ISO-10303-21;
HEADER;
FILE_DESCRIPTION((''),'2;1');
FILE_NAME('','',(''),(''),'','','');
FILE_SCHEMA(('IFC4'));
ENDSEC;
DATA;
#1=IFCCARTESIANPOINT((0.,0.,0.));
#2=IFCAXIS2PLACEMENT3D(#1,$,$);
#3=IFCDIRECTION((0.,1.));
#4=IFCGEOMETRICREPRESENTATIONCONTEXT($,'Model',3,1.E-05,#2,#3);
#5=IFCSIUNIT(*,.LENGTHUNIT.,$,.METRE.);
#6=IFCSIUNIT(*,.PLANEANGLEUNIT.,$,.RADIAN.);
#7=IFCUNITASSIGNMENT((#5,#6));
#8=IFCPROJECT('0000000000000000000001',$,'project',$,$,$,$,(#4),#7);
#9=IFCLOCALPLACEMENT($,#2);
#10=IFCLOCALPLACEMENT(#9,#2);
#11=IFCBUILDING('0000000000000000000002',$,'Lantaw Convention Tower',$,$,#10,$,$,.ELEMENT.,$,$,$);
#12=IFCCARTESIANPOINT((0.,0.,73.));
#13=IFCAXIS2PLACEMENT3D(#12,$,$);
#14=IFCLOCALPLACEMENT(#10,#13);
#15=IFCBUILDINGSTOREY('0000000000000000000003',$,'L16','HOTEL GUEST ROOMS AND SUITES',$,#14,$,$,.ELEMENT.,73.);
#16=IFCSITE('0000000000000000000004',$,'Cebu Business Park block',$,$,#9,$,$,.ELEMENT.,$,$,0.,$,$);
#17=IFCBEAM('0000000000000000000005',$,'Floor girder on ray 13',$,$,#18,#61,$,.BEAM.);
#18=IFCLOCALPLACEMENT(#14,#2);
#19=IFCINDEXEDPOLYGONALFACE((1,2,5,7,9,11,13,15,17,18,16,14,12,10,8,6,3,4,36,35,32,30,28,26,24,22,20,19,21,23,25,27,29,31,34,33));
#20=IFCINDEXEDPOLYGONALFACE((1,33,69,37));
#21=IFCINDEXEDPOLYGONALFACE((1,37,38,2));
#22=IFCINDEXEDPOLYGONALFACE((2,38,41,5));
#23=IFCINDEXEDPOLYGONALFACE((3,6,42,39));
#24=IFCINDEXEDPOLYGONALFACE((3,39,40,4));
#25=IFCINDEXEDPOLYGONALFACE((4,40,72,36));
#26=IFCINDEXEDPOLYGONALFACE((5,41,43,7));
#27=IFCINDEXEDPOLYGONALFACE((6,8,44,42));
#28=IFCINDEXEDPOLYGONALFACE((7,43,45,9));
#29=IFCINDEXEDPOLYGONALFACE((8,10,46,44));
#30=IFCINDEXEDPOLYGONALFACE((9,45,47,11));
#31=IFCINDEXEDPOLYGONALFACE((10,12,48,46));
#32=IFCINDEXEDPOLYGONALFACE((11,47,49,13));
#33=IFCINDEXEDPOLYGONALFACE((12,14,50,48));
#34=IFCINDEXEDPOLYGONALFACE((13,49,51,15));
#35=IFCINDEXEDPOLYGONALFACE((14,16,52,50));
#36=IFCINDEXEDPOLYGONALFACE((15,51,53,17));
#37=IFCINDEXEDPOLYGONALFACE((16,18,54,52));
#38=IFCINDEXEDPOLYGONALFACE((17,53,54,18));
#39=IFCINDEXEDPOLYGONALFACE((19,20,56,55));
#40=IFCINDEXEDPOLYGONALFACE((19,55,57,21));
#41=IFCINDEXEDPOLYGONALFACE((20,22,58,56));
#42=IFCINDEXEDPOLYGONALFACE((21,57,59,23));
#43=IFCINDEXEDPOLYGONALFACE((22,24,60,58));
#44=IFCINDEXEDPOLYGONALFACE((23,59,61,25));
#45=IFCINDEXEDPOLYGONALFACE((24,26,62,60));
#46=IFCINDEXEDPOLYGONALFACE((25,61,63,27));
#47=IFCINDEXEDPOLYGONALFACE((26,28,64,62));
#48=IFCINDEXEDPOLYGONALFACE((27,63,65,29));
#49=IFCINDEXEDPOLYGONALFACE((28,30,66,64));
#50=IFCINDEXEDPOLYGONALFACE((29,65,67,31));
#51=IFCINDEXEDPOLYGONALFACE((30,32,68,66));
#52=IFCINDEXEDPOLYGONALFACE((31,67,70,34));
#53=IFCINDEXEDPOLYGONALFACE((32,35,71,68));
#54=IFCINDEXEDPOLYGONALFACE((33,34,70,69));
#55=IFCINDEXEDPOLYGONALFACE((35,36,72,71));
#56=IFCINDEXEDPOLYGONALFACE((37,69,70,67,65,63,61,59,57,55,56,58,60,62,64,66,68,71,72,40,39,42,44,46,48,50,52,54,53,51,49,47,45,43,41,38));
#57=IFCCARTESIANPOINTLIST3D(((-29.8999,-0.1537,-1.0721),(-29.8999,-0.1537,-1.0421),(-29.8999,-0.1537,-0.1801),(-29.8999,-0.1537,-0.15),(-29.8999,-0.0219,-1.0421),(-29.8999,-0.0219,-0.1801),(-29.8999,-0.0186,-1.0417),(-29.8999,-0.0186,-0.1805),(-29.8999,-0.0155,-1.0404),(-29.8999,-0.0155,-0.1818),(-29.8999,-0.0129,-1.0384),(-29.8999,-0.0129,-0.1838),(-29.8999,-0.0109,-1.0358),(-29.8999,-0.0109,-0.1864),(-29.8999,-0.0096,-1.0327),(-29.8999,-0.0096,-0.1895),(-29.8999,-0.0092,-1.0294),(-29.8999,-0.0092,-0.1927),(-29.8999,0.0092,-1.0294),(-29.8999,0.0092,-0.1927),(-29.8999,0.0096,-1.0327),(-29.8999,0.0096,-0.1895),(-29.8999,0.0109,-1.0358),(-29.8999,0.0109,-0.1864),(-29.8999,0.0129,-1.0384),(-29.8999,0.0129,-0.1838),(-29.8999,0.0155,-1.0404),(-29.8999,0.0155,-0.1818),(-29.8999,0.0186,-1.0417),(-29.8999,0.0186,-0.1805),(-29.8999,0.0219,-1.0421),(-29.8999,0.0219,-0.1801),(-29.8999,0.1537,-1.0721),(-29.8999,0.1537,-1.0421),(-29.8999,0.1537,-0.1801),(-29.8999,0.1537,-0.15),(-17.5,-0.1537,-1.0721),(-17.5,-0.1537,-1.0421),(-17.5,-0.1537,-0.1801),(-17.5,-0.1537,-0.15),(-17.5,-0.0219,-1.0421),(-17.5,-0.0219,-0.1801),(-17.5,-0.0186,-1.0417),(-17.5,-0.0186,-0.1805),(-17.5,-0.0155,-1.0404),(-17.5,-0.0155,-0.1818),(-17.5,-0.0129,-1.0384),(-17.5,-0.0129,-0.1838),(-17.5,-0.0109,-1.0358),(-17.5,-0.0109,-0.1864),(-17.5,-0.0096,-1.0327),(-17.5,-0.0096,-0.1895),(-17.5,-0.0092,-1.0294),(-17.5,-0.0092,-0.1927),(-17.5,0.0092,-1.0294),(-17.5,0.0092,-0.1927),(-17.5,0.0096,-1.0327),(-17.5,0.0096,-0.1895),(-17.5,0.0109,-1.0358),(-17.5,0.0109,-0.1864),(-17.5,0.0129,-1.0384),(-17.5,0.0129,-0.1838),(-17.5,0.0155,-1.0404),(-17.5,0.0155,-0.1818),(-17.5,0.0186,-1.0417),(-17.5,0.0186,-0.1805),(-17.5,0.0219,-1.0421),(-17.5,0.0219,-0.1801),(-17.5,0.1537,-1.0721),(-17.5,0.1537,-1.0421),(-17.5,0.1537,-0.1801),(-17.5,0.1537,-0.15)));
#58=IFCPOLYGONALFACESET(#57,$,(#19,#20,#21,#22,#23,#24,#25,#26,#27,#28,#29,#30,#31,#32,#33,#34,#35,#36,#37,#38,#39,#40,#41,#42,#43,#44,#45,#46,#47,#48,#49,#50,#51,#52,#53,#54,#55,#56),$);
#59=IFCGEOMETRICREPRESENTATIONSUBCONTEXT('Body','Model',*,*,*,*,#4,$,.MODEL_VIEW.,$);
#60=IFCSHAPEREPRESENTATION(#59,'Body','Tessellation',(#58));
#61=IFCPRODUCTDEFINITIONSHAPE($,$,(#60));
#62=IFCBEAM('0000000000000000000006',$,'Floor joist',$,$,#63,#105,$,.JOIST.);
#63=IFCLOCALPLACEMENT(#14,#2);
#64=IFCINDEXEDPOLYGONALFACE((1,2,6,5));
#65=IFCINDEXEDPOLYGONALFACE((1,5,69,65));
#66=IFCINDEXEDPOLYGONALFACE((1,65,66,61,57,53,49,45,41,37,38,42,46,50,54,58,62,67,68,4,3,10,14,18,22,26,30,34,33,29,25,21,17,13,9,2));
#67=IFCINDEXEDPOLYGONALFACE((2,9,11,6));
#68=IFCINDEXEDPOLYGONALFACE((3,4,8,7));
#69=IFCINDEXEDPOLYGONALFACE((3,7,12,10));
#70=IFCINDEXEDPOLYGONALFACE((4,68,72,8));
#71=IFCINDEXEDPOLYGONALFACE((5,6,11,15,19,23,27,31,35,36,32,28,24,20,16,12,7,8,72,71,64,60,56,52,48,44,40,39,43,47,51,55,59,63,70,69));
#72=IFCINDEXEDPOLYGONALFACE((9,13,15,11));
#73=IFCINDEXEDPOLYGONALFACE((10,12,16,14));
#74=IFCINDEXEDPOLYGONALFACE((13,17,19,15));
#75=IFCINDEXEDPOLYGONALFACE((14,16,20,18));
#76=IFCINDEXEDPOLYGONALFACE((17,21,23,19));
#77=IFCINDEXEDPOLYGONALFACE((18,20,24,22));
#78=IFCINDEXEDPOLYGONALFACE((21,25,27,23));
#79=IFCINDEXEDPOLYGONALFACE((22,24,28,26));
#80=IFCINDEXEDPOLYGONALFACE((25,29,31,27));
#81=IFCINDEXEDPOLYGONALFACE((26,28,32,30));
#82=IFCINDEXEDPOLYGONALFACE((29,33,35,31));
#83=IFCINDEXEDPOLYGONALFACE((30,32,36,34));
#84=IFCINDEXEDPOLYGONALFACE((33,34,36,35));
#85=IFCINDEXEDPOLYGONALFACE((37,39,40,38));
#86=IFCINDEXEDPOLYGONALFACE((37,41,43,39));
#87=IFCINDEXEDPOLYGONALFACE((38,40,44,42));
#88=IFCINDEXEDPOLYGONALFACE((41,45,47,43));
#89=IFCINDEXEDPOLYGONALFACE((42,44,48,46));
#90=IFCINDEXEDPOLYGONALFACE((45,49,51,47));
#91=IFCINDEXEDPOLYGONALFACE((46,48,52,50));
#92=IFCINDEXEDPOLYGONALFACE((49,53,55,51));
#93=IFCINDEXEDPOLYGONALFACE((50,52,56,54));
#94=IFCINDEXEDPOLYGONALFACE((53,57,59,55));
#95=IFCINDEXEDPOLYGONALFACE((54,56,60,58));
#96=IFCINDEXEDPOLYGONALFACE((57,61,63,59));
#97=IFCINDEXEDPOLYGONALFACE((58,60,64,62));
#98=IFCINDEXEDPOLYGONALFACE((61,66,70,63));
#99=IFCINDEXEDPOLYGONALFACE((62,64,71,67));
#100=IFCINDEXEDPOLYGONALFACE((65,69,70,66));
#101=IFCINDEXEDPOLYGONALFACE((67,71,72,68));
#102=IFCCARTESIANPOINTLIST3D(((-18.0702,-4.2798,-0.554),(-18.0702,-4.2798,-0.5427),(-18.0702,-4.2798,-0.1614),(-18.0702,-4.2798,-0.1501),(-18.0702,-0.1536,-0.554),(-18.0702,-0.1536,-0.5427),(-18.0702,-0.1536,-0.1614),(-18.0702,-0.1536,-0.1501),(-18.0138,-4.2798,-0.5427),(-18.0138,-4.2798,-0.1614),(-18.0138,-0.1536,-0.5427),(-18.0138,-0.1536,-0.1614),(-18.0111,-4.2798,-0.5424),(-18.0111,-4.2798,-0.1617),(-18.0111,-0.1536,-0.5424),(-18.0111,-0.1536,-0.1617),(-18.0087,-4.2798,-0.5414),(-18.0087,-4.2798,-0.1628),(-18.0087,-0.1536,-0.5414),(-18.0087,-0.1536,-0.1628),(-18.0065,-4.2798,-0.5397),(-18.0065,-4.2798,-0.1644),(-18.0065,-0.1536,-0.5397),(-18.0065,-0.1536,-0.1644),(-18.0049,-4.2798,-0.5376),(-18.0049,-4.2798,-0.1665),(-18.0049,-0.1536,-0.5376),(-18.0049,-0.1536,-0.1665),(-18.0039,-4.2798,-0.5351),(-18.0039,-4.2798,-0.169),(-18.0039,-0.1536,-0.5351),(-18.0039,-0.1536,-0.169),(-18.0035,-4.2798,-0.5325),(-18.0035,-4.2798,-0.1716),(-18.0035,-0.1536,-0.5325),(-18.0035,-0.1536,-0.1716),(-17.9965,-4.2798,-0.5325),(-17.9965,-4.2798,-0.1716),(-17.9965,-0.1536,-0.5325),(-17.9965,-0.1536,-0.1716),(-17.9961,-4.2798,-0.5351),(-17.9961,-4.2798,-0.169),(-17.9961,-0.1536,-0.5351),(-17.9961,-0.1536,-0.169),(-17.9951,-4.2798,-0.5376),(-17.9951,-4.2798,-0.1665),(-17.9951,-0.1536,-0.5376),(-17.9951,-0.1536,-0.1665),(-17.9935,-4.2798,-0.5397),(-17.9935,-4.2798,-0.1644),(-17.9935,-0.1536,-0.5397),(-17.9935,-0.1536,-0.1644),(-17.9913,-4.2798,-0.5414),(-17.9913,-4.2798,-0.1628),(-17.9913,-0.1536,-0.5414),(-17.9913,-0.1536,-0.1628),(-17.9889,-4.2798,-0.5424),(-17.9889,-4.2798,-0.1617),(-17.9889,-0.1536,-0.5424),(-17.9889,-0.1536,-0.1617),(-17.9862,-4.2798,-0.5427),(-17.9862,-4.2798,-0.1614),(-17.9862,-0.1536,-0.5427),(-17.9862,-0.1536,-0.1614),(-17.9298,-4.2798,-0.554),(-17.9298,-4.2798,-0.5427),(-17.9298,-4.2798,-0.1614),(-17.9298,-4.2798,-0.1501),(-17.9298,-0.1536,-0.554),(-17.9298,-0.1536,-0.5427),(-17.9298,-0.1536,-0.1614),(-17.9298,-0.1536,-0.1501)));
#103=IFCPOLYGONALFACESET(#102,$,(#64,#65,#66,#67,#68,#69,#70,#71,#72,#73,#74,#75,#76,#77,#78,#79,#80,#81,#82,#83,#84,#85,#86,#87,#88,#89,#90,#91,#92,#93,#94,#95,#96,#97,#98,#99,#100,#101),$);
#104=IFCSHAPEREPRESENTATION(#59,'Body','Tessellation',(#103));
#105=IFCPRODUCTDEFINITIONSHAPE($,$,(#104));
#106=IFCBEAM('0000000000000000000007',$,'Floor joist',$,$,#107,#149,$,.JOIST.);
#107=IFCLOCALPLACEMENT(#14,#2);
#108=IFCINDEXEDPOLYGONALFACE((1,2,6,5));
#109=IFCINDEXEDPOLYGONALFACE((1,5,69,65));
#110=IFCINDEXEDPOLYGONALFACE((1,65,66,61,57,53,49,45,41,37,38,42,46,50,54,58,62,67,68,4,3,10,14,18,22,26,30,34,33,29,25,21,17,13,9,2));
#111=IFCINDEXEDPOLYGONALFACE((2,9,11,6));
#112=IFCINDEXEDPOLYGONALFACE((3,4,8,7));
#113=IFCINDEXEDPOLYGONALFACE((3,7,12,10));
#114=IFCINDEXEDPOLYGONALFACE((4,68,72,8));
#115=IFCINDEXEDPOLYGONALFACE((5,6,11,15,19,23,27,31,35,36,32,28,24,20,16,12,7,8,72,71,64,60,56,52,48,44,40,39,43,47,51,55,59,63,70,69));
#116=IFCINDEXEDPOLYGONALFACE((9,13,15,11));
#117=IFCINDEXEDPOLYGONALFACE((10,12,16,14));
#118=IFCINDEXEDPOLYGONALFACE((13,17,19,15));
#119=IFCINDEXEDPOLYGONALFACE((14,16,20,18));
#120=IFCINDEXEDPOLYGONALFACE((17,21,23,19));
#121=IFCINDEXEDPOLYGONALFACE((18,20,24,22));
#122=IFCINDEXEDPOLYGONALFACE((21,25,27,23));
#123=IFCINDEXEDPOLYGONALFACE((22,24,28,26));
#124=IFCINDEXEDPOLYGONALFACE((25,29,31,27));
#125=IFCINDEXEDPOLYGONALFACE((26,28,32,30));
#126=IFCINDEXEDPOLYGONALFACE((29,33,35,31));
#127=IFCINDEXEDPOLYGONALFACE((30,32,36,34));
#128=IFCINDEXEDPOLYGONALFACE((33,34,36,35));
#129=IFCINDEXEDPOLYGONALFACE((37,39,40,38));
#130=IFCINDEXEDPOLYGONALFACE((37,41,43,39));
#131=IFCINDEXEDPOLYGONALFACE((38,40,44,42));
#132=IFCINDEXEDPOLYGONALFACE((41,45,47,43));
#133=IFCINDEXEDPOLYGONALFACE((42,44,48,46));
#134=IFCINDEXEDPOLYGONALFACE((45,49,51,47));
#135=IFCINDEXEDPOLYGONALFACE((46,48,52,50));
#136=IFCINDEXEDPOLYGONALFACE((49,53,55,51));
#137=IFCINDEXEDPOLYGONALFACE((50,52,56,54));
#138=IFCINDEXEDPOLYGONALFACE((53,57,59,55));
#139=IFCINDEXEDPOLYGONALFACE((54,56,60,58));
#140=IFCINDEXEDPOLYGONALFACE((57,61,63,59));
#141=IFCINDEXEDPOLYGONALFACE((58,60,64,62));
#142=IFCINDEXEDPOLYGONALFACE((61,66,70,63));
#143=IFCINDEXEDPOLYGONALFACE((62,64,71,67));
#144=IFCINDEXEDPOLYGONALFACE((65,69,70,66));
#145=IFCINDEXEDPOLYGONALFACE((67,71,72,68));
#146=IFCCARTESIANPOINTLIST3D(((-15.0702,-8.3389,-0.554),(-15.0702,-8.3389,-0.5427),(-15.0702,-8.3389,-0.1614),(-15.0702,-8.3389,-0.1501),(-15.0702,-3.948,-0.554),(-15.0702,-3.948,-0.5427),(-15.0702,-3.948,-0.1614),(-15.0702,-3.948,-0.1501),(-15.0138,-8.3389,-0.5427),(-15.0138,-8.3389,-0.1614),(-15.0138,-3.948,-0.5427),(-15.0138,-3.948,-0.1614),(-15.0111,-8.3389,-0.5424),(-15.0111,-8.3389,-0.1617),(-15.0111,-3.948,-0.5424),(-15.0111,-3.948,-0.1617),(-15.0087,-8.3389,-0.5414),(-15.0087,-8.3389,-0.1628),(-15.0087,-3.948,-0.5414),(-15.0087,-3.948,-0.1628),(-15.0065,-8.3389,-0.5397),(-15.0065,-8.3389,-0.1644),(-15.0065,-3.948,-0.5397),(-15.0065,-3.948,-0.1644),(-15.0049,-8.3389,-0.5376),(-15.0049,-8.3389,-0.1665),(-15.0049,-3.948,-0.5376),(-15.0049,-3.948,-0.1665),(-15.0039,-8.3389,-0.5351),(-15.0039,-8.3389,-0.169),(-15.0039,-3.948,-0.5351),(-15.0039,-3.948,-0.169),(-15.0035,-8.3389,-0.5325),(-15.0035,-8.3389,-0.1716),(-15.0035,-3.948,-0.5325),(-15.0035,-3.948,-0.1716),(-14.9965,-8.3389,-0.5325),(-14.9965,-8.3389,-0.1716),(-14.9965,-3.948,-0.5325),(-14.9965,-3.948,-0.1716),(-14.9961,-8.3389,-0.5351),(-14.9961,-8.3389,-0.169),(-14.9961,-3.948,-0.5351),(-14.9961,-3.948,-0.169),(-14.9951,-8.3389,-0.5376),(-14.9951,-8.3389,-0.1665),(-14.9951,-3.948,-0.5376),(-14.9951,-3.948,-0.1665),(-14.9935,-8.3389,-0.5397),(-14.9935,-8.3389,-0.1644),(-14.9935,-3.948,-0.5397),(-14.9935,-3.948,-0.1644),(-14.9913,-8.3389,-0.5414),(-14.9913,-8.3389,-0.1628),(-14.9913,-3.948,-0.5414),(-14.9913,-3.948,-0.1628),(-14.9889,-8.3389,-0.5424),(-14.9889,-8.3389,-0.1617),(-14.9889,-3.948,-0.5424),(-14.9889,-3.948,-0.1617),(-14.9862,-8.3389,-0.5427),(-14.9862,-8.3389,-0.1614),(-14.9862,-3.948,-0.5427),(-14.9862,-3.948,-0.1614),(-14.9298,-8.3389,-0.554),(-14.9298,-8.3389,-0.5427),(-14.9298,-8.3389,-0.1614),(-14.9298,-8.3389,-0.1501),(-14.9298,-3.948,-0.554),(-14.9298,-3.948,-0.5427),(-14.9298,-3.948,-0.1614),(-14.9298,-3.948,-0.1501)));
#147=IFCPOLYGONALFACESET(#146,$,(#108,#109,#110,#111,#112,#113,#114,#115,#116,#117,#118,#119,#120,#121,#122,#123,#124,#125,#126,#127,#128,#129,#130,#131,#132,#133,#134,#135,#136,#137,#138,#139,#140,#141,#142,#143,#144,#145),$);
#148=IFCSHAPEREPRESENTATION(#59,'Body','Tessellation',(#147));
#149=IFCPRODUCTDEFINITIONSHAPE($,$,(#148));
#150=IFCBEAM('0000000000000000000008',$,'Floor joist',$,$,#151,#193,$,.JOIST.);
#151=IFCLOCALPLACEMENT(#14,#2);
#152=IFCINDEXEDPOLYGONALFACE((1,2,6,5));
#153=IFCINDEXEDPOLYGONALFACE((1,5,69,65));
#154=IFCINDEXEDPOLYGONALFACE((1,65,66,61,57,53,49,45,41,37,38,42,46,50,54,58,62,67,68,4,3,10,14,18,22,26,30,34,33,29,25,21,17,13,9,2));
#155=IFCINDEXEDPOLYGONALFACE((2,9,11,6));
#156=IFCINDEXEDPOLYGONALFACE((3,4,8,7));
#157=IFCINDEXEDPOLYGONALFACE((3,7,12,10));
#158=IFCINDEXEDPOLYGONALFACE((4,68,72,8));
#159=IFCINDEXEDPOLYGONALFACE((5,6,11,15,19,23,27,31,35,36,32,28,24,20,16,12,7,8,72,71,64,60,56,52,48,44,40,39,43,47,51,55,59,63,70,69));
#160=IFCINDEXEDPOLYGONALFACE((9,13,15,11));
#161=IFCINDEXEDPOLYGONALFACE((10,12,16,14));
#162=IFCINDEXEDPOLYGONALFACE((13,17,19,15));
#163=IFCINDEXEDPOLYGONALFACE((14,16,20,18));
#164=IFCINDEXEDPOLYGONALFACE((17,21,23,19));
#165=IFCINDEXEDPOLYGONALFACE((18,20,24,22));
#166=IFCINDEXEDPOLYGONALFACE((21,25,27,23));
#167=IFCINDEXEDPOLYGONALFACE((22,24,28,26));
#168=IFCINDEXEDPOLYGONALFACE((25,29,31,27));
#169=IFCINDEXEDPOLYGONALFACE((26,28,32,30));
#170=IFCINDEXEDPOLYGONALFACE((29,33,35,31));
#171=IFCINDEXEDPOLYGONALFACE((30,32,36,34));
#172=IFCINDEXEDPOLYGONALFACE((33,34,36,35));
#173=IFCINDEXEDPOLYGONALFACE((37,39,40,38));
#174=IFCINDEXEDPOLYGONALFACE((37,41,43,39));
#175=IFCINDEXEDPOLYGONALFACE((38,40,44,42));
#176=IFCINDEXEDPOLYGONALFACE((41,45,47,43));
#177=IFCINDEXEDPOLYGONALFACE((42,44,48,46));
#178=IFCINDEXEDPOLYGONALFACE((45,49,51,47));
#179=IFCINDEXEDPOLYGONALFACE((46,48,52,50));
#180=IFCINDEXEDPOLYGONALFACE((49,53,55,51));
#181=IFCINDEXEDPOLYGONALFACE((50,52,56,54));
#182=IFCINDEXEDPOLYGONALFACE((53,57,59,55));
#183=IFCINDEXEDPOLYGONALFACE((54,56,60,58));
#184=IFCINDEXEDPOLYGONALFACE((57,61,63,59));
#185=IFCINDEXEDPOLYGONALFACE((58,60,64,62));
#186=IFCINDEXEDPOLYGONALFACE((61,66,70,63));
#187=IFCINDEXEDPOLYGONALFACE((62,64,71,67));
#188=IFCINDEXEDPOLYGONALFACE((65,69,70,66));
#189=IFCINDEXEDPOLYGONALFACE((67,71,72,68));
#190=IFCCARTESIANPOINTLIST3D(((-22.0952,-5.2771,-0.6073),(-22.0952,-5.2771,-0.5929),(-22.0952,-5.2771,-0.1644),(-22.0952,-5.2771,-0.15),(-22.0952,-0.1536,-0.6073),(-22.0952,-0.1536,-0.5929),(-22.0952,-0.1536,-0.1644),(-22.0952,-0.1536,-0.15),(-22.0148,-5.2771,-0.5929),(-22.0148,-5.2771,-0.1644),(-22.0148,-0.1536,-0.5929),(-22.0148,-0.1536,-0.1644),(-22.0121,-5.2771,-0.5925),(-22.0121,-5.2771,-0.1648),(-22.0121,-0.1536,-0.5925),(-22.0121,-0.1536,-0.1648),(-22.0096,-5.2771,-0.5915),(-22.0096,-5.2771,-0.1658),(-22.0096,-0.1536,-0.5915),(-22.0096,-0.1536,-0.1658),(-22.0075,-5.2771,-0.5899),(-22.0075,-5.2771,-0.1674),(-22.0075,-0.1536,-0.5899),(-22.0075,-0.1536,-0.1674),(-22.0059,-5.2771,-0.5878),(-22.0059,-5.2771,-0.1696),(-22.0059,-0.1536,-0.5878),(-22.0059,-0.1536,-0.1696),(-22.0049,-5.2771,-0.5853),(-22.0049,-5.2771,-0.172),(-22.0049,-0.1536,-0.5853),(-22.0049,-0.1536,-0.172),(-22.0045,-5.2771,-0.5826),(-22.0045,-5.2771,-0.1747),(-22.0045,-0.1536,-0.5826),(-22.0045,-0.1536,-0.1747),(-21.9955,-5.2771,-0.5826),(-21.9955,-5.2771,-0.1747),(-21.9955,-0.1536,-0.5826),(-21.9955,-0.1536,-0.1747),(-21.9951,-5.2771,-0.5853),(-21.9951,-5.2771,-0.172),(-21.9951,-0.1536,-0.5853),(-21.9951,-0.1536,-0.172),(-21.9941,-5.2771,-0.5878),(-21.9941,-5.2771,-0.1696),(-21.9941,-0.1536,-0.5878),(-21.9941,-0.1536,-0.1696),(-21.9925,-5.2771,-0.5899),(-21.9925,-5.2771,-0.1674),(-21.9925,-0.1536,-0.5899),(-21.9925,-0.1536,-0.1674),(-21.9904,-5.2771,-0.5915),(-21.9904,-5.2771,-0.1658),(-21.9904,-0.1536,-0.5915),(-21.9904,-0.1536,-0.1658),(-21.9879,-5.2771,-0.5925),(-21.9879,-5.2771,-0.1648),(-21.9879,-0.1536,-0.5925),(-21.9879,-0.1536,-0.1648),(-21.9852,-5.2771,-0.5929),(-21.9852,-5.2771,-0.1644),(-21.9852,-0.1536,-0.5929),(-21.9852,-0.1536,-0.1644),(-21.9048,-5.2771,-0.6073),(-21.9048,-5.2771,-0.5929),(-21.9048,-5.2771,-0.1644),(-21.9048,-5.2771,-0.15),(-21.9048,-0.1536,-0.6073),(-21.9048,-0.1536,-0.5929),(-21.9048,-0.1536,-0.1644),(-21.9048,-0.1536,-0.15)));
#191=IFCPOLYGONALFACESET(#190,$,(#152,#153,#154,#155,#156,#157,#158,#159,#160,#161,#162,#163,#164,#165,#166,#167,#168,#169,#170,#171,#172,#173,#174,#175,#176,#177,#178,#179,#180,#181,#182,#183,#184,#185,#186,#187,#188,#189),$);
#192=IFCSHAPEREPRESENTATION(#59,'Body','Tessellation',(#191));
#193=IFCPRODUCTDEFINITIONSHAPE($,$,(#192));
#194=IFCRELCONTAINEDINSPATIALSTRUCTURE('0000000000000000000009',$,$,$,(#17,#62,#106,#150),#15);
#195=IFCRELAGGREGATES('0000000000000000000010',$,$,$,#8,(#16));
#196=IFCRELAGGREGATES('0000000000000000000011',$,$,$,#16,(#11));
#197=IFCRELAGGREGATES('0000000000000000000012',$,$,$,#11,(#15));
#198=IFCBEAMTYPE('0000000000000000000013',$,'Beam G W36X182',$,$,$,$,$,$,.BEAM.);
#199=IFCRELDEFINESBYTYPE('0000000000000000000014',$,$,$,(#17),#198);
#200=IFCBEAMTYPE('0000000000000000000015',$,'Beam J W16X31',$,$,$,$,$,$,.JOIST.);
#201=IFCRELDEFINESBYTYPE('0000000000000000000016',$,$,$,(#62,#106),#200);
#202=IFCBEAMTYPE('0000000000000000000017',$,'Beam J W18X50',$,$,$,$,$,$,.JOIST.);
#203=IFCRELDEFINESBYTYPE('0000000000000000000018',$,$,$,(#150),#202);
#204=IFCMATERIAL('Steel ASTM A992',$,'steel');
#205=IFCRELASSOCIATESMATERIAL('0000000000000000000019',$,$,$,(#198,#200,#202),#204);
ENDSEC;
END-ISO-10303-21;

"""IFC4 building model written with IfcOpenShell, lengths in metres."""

from ifc_helpers import new_model, si_unit, direction, frame, origin, origin_2d, place, context, subcontext, project, spatial, i_section, extrude, material, material_profile, profile_set, type_object, element, save


model = new_model("IFC4")

# Units and contexts
model_context = context("Model", 3, precision=1e-05, world=origin(), true_north=direction((0.0, 1.0)))
body_context = subcontext(model_context, "Body", "Model", "MODEL_VIEW")
ifc_project = project(units=[si_unit("LENGTHUNIT", "METRE"), si_unit("PLANEANGLEUNIT", "RADIAN")], contexts=[model_context])

# Site, building, storey
site_placement = place(None, origin())
site = spatial("IfcSite", under=ifc_project, at=site_placement, Name="Cebu Business Park block", CompositionType="ELEMENT", RefElevation=0.0)
building_placement = place(site_placement, origin())
building = spatial("IfcBuilding", under=site, at=building_placement, Name="Lantaw Convention Tower", CompositionType="ELEMENT")
storey_placement = place(building_placement, frame((0.0, 0.0, 73.0)))
storey = spatial("IfcBuildingStorey", under=building, at=storey_placement, Name="L16", Description="HOTEL GUEST ROOMS AND SUITES", CompositionType="ELEMENT", Elevation=73.0)

# Beams
ifc_material_1 = material(Name="Steel ASTM A992", Category="steel")
ifc_material_profile_1 = material_profile(ifc_material_1, i_section(OverallWidth=0.3074, OverallDepth=0.9221, WebThickness=0.0183, FlangeThickness=0.03, FilletRadius=0.0127, at=origin_2d()), Name="W36X182")
ifc_profile_set_1 = profile_set([ifc_material_profile_1], Name="Steel ASTM A992")
beam_type_1 = type_object("IfcBeamType", Name="Beam G W36X182", PredefinedType="BEAM", material=ifc_profile_set_1)
beam_1_placement = place(storey_placement, frame((-17.5, 0.0, -0.6111), z_axis=(-1.0, 0.0, 0.0), x_axis=(0.0, -1.0, 0.0)))
element("IfcBeam", 1, at=beam_1_placement, inside=storey, type_object=beam_type_1, Name="Floor girder on ray 13", PredefinedType="BEAM", context=body_context, shape_type="SweptSolid", body=[
    extrude(i_section(OverallWidth=0.3074, OverallDepth=0.9221, WebThickness=0.0183, FlangeThickness=0.03, FilletRadius=0.0127, at=origin_2d()), origin(), (0.0, 0.0, 1.0), 12.3999),
])
ifc_material_profile_2 = material_profile(ifc_material_1, i_section(OverallWidth=0.1404, OverallDepth=0.4038, WebThickness=0.0071, FlangeThickness=0.0112, FilletRadius=0.0103, at=origin_2d()), Name="W16X31")
ifc_profile_set_2 = profile_set([ifc_material_profile_2], Name="Steel ASTM A992")
beam_type_2 = type_object("IfcBeamType", Name="Beam J W16X31", PredefinedType="JOIST", material=ifc_profile_set_2)
beam_2_placement = place(storey_placement, frame((-18.0, -4.2798, -0.3521), z_axis=(0.0, 1.0, 0.0), x_axis=(-1.0, 0.0, 0.0)))
element("IfcBeam", 2, at=beam_2_placement, inside=storey, type_object=beam_type_2, Name="Floor joist", PredefinedType="JOIST", context=body_context, shape_type="SweptSolid", body=[
    extrude(i_section(OverallWidth=0.1404, OverallDepth=0.4038, WebThickness=0.0071, FlangeThickness=0.0112, FilletRadius=0.0103, at=origin_2d()), origin(), (0.0, 0.0, 1.0), 4.1262),
])
beam_3_placement = place(storey_placement, frame((-15.0, -8.3389, -0.3521), z_axis=(0.0, 1.0, 0.0), x_axis=(-1.0, 0.0, 0.0)))
element("IfcBeam", 3, at=beam_3_placement, inside=storey, type_object=beam_type_2, Name="Floor joist", PredefinedType="JOIST", context=body_context, shape_type="SweptSolid", body=[
    extrude(i_section(OverallWidth=0.1404, OverallDepth=0.4038, WebThickness=0.0071, FlangeThickness=0.0112, FilletRadius=0.0103, at=origin_2d()), origin(), (0.0, 0.0, 1.0), 4.3909),
])
ifc_material_profile_3 = material_profile(ifc_material_1, i_section(OverallWidth=0.1904, OverallDepth=0.4573, WebThickness=0.009, FlangeThickness=0.0144, FilletRadius=0.0103, at=origin_2d()), Name="W18X50")
ifc_profile_set_3 = profile_set([ifc_material_profile_3], Name="Steel ASTM A992")
beam_type_3 = type_object("IfcBeamType", Name="Beam J W18X50", PredefinedType="JOIST", material=ifc_profile_set_3)
beam_4_placement = place(storey_placement, frame((-22.0, -5.2771, -0.3787), z_axis=(0.0, 1.0, 0.0), x_axis=(-1.0, 0.0, 0.0)))
element("IfcBeam", 4, at=beam_4_placement, inside=storey, type_object=beam_type_3, Name="Floor joist", PredefinedType="JOIST", context=body_context, shape_type="SweptSolid", body=[
    extrude(i_section(OverallWidth=0.1904, OverallDepth=0.4573, WebThickness=0.009, FlangeThickness=0.0144, FilletRadius=0.0103, at=origin_2d()), origin(), (0.0, 0.0, 1.0), 5.1235),
])

save(model, "model.ifc")
